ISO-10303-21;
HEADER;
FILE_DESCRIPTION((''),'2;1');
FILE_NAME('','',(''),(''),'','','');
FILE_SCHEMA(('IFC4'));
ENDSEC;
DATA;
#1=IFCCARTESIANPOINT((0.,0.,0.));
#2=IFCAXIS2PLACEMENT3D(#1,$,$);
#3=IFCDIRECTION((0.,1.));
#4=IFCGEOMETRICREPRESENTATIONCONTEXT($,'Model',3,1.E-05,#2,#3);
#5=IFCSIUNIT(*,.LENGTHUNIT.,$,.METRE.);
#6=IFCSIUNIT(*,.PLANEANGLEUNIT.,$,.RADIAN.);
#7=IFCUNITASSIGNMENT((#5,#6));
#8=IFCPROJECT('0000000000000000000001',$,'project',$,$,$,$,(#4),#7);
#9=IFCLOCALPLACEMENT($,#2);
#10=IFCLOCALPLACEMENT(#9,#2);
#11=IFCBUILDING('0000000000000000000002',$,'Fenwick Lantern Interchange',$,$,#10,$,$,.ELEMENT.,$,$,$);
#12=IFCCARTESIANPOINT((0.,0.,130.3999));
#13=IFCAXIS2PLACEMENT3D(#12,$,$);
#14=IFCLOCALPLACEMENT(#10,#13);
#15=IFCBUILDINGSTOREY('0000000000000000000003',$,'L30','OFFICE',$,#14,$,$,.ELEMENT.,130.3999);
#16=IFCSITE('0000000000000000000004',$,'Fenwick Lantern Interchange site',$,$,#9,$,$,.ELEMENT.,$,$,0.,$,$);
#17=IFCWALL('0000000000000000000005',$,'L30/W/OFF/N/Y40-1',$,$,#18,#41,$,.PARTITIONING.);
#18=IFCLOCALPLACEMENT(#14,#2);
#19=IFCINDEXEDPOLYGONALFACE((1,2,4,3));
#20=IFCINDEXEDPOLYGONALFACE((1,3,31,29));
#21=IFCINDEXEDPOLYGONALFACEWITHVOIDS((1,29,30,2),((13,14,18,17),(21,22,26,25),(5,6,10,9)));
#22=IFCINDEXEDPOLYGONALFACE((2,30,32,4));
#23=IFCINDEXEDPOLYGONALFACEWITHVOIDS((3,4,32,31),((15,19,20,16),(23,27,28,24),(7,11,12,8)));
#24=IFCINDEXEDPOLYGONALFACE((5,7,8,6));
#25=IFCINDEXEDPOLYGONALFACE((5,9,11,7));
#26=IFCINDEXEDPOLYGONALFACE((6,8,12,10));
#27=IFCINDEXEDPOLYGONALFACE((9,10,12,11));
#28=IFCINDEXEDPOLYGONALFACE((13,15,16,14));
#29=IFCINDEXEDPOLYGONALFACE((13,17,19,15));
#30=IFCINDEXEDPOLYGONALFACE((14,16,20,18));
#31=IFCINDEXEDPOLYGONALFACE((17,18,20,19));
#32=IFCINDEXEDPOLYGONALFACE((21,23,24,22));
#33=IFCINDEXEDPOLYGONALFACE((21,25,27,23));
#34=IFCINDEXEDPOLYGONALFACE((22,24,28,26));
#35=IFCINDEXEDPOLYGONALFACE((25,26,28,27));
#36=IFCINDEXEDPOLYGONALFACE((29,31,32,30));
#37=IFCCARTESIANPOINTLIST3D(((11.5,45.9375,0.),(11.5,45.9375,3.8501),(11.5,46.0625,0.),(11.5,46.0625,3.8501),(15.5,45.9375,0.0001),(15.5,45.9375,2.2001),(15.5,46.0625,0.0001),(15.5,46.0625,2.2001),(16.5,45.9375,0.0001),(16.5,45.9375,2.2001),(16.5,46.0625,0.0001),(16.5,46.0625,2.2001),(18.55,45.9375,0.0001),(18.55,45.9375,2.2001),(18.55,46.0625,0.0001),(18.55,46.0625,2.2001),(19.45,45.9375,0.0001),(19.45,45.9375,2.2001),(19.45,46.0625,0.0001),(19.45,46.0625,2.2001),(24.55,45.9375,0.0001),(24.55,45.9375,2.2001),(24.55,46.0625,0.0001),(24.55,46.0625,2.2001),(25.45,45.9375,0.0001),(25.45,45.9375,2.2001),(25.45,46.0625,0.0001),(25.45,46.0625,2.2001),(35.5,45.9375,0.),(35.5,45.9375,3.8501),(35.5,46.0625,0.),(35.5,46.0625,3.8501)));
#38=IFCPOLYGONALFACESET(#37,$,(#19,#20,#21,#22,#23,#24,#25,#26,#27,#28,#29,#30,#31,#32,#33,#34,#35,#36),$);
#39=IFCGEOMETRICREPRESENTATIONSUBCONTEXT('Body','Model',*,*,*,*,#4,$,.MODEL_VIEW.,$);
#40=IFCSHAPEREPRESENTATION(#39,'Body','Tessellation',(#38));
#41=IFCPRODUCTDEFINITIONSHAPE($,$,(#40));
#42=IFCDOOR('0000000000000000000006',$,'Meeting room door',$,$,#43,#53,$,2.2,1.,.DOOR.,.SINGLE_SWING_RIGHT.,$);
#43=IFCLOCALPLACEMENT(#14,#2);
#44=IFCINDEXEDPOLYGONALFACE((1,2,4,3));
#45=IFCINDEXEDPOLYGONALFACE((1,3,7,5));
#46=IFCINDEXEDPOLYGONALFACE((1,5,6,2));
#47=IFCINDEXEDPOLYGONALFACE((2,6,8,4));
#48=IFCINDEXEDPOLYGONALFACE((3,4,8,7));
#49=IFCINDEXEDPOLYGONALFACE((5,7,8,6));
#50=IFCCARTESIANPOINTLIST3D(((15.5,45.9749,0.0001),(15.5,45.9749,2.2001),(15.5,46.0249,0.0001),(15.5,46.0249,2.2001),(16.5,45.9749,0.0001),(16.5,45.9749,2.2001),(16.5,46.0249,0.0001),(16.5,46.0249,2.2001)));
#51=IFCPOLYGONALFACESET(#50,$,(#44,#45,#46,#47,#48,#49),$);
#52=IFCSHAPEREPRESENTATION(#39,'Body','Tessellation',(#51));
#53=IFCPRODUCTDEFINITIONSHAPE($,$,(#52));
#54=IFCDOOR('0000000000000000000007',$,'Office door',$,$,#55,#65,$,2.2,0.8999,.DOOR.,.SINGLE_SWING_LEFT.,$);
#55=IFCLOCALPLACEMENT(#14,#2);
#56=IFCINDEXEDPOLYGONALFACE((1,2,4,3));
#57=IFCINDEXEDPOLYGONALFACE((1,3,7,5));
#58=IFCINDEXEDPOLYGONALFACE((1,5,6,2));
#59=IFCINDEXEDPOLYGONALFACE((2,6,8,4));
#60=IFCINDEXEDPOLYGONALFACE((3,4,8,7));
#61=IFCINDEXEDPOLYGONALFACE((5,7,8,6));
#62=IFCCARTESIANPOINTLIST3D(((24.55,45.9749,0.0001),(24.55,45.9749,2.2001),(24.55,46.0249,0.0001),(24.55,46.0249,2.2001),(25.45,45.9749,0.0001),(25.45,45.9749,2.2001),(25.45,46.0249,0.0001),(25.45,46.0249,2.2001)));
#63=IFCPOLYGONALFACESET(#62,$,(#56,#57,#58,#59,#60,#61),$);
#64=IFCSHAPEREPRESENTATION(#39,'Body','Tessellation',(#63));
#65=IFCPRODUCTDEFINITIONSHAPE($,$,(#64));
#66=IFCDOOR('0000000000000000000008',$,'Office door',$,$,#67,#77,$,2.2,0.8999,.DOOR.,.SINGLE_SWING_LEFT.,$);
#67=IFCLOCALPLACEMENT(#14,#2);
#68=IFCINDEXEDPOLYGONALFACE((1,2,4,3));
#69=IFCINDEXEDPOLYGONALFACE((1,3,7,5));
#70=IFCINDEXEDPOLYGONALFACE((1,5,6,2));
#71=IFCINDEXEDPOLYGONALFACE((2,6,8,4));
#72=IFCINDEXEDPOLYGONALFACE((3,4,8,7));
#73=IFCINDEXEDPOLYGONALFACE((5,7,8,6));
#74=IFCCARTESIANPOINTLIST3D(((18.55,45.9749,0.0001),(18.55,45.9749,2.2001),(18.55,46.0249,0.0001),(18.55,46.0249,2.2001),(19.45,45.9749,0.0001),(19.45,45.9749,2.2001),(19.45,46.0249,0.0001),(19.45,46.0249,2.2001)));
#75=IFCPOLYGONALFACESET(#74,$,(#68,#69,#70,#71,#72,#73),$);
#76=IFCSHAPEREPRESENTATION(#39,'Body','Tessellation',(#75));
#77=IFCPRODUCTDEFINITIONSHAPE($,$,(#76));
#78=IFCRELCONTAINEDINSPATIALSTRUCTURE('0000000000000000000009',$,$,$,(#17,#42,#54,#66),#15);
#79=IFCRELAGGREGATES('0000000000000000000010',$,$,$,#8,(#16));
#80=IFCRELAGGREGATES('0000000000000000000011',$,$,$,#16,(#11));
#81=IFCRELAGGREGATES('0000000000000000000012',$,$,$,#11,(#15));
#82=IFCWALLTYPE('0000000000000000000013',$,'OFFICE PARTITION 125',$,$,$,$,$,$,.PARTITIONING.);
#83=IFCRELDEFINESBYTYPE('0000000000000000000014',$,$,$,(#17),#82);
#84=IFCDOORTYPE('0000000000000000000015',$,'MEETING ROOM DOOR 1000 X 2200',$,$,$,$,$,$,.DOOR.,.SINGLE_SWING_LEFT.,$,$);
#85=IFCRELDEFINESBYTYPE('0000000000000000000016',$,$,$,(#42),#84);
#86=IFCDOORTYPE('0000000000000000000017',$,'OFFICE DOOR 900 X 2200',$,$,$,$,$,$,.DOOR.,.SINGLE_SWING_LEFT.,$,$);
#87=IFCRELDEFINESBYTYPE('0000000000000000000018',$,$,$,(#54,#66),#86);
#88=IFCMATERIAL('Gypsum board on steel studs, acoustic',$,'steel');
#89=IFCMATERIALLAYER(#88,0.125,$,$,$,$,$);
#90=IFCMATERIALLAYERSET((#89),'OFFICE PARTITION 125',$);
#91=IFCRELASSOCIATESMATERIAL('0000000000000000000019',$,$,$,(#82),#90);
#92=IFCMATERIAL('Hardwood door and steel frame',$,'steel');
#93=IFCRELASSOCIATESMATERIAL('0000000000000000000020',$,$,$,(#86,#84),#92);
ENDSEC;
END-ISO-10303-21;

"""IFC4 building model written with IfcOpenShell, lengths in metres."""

from ifc_helpers import new_model, si_unit, direction, frame, frame_2d, origin, place, context, subcontext, project, spatial, rectangle, extrude, material, layer, layer_set, type_object, element, fill, save


model = new_model("IFC4")

# Units and contexts
model_context = context("Model", 3, precision=1e-05, world=origin(), true_north=direction((0.0, 1.0)))
body_context = subcontext(model_context, "Body", "Model", "MODEL_VIEW")
ifc_project = project(units=[si_unit("LENGTHUNIT", "METRE"), si_unit("PLANEANGLEUNIT", "RADIAN")], contexts=[model_context])

# Site, building, storey
site_placement = place(None, origin())
site = spatial("IfcSite", under=ifc_project, at=site_placement, Name="Fenwick Lantern Interchange site", CompositionType="ELEMENT", RefElevation=0.0)
building_placement = place(site_placement, origin())
building = spatial("IfcBuilding", under=site, at=building_placement, Name="Fenwick Lantern Interchange", CompositionType="ELEMENT")
storey_placement = place(building_placement, frame((0.0, 0.0, 130.3999)))
storey = spatial("IfcBuildingStorey", under=building, at=storey_placement, Name="L30", Description="OFFICE", CompositionType="ELEMENT", Elevation=130.3999)

# Shared definitions
ifc_material_1 = material(Name="Gypsum board on steel studs, acoustic", Category="steel")
ifc_layer_1 = layer(ifc_material_1, 0.125)
ifc_layer_set_1 = layer_set([ifc_layer_1], Name="OFFICE PARTITION 125")
wall_type_1 = type_object("IfcWallType", Name="OFFICE PARTITION 125", PredefinedType="PARTITIONING", material=ifc_layer_set_1)
ifc_material_2 = material(Name="Hardwood door and steel frame", Category="steel")
door_type_1 = type_object("IfcDoorType", Name="OFFICE DOOR 900 X 2200", OperationType="SINGLE_SWING_LEFT", PredefinedType="DOOR", material=ifc_material_2)

# Wall, openings, doors
wall_1_placement = place(storey_placement, frame((35.5, 46.0, 0.0), z_axis=(0.0, 0.0, 1.0), x_axis=(-1.0, 0.0, 0.0)))
wall_1 = element("IfcWall", 1, at=wall_1_placement, inside=storey, type_object=wall_type_1, Name="L30/W/OFF/N/Y40-1", PredefinedType="PARTITIONING", context=body_context, shape_type="SweptSolid", body=[
    extrude(rectangle(XDim=24.0, YDim=0.125, at=frame_2d((12.0, 0.0))), origin(), (0.0, 0.0, 1.0), 3.8501),
])
opening_1_placement = place(wall_1_placement, frame((10.05, 0.0, 0.0)))
opening_1 = element("IfcOpeningElement", 2, at=opening_1_placement, cuts=wall_1, PredefinedType="OPENING", context=body_context, shape_type="SweptSolid", body=[
    extrude(rectangle(XDim=0.8999, YDim=2.2, at=frame_2d((0.45, 1.1001))), frame((0.0, 0.0725, 0.0), z_axis=(0.0, -1.0, 0.0), x_axis=(1.0, 0.0, 0.0)), (0.0, 0.0, 1.0), 0.145),
])
opening_2_placement = place(wall_1_placement, frame((16.05, 0.0, 0.0)))
opening_2 = element("IfcOpeningElement", 3, at=opening_2_placement, cuts=wall_1, PredefinedType="OPENING", context=body_context, shape_type="SweptSolid", body=[
    extrude(rectangle(XDim=0.8999, YDim=2.2, at=frame_2d((0.45, 1.1001))), frame((0.0, 0.0725, 0.0), z_axis=(0.0, -1.0, 0.0), x_axis=(1.0, 0.0, 0.0)), (0.0, 0.0, 1.0), 0.145),
])
opening_3_placement = place(wall_1_placement, frame((19.0, 0.0, 0.0)))
opening_3 = element("IfcOpeningElement", 4, at=opening_3_placement, cuts=wall_1, PredefinedType="OPENING", context=body_context, shape_type="SweptSolid", body=[
    extrude(rectangle(XDim=1.0, YDim=2.2, at=frame_2d((0.5, 1.1001))), frame((0.0, 0.0725, 0.0), z_axis=(0.0, -1.0, 0.0), x_axis=(1.0, 0.0, 0.0)), (0.0, 0.0, 1.0), 0.145),
])
door_type_2 = type_object("IfcDoorType", Name="MEETING ROOM DOOR 1000 X 2200", OperationType="SINGLE_SWING_LEFT", PredefinedType="DOOR", material=ifc_material_2)
door_1_placement = place(opening_3_placement, frame((1.0, 0.0, 0.0), z_axis=(0.0, 0.0, 1.0), x_axis=(-1.0, 0.0, 0.0)))
door_1 = element("IfcDoor", 5, at=door_1_placement, inside=storey, type_object=door_type_2, Name="Meeting room door", OperationType="SINGLE_SWING_RIGHT", OverallHeight=2.2, OverallWidth=1.0, PredefinedType="DOOR", context=body_context, shape_type="SweptSolid", body=[
    extrude(rectangle(XDim=1.0, YDim=2.2, at=frame_2d((0.5, 1.1001))), frame((0.0, 0.0249, 0.0), z_axis=(0.0, -1.0, 0.0), x_axis=(1.0, 0.0, 0.0)), (0.0, 0.0, 1.0), 0.05),
])
fill(opening_3, door_1)
door_2_placement = place(opening_1_placement, frame((0.8999, 0.0, 0.0), z_axis=(0.0, 0.0, 1.0), x_axis=(-1.0, 0.0, 0.0)))
door_2 = element("IfcDoor", 6, at=door_2_placement, inside=storey, type_object=door_type_1, Name="Office door", OperationType="SINGLE_SWING_LEFT", OverallHeight=2.2, OverallWidth=0.8999, PredefinedType="DOOR", context=body_context, shape_type="SweptSolid", body=[
    extrude(rectangle(XDim=0.8999, YDim=2.2, at=frame_2d((0.45, 1.1001))), frame((0.0, 0.0249, 0.0), z_axis=(0.0, -1.0, 0.0), x_axis=(1.0, 0.0, 0.0)), (0.0, 0.0, 1.0), 0.05),
])
fill(opening_1, door_2)
door_3_placement = place(opening_2_placement, frame((0.8999, 0.0, 0.0), z_axis=(0.0, 0.0, 1.0), x_axis=(-1.0, 0.0, 0.0)))
door_3 = element("IfcDoor", 7, at=door_3_placement, inside=storey, type_object=door_type_1, Name="Office door", OperationType="SINGLE_SWING_LEFT", OverallHeight=2.2, OverallWidth=0.8999, PredefinedType="DOOR", context=body_context, shape_type="SweptSolid", body=[
    extrude(rectangle(XDim=0.8999, YDim=2.2, at=frame_2d((0.45, 1.1001))), frame((0.0, 0.0249, 0.0), z_axis=(0.0, -1.0, 0.0), x_axis=(1.0, 0.0, 0.0)), (0.0, 0.0, 1.0), 0.05),
])
fill(opening_2, door_3)

save(model, "model.ifc")
